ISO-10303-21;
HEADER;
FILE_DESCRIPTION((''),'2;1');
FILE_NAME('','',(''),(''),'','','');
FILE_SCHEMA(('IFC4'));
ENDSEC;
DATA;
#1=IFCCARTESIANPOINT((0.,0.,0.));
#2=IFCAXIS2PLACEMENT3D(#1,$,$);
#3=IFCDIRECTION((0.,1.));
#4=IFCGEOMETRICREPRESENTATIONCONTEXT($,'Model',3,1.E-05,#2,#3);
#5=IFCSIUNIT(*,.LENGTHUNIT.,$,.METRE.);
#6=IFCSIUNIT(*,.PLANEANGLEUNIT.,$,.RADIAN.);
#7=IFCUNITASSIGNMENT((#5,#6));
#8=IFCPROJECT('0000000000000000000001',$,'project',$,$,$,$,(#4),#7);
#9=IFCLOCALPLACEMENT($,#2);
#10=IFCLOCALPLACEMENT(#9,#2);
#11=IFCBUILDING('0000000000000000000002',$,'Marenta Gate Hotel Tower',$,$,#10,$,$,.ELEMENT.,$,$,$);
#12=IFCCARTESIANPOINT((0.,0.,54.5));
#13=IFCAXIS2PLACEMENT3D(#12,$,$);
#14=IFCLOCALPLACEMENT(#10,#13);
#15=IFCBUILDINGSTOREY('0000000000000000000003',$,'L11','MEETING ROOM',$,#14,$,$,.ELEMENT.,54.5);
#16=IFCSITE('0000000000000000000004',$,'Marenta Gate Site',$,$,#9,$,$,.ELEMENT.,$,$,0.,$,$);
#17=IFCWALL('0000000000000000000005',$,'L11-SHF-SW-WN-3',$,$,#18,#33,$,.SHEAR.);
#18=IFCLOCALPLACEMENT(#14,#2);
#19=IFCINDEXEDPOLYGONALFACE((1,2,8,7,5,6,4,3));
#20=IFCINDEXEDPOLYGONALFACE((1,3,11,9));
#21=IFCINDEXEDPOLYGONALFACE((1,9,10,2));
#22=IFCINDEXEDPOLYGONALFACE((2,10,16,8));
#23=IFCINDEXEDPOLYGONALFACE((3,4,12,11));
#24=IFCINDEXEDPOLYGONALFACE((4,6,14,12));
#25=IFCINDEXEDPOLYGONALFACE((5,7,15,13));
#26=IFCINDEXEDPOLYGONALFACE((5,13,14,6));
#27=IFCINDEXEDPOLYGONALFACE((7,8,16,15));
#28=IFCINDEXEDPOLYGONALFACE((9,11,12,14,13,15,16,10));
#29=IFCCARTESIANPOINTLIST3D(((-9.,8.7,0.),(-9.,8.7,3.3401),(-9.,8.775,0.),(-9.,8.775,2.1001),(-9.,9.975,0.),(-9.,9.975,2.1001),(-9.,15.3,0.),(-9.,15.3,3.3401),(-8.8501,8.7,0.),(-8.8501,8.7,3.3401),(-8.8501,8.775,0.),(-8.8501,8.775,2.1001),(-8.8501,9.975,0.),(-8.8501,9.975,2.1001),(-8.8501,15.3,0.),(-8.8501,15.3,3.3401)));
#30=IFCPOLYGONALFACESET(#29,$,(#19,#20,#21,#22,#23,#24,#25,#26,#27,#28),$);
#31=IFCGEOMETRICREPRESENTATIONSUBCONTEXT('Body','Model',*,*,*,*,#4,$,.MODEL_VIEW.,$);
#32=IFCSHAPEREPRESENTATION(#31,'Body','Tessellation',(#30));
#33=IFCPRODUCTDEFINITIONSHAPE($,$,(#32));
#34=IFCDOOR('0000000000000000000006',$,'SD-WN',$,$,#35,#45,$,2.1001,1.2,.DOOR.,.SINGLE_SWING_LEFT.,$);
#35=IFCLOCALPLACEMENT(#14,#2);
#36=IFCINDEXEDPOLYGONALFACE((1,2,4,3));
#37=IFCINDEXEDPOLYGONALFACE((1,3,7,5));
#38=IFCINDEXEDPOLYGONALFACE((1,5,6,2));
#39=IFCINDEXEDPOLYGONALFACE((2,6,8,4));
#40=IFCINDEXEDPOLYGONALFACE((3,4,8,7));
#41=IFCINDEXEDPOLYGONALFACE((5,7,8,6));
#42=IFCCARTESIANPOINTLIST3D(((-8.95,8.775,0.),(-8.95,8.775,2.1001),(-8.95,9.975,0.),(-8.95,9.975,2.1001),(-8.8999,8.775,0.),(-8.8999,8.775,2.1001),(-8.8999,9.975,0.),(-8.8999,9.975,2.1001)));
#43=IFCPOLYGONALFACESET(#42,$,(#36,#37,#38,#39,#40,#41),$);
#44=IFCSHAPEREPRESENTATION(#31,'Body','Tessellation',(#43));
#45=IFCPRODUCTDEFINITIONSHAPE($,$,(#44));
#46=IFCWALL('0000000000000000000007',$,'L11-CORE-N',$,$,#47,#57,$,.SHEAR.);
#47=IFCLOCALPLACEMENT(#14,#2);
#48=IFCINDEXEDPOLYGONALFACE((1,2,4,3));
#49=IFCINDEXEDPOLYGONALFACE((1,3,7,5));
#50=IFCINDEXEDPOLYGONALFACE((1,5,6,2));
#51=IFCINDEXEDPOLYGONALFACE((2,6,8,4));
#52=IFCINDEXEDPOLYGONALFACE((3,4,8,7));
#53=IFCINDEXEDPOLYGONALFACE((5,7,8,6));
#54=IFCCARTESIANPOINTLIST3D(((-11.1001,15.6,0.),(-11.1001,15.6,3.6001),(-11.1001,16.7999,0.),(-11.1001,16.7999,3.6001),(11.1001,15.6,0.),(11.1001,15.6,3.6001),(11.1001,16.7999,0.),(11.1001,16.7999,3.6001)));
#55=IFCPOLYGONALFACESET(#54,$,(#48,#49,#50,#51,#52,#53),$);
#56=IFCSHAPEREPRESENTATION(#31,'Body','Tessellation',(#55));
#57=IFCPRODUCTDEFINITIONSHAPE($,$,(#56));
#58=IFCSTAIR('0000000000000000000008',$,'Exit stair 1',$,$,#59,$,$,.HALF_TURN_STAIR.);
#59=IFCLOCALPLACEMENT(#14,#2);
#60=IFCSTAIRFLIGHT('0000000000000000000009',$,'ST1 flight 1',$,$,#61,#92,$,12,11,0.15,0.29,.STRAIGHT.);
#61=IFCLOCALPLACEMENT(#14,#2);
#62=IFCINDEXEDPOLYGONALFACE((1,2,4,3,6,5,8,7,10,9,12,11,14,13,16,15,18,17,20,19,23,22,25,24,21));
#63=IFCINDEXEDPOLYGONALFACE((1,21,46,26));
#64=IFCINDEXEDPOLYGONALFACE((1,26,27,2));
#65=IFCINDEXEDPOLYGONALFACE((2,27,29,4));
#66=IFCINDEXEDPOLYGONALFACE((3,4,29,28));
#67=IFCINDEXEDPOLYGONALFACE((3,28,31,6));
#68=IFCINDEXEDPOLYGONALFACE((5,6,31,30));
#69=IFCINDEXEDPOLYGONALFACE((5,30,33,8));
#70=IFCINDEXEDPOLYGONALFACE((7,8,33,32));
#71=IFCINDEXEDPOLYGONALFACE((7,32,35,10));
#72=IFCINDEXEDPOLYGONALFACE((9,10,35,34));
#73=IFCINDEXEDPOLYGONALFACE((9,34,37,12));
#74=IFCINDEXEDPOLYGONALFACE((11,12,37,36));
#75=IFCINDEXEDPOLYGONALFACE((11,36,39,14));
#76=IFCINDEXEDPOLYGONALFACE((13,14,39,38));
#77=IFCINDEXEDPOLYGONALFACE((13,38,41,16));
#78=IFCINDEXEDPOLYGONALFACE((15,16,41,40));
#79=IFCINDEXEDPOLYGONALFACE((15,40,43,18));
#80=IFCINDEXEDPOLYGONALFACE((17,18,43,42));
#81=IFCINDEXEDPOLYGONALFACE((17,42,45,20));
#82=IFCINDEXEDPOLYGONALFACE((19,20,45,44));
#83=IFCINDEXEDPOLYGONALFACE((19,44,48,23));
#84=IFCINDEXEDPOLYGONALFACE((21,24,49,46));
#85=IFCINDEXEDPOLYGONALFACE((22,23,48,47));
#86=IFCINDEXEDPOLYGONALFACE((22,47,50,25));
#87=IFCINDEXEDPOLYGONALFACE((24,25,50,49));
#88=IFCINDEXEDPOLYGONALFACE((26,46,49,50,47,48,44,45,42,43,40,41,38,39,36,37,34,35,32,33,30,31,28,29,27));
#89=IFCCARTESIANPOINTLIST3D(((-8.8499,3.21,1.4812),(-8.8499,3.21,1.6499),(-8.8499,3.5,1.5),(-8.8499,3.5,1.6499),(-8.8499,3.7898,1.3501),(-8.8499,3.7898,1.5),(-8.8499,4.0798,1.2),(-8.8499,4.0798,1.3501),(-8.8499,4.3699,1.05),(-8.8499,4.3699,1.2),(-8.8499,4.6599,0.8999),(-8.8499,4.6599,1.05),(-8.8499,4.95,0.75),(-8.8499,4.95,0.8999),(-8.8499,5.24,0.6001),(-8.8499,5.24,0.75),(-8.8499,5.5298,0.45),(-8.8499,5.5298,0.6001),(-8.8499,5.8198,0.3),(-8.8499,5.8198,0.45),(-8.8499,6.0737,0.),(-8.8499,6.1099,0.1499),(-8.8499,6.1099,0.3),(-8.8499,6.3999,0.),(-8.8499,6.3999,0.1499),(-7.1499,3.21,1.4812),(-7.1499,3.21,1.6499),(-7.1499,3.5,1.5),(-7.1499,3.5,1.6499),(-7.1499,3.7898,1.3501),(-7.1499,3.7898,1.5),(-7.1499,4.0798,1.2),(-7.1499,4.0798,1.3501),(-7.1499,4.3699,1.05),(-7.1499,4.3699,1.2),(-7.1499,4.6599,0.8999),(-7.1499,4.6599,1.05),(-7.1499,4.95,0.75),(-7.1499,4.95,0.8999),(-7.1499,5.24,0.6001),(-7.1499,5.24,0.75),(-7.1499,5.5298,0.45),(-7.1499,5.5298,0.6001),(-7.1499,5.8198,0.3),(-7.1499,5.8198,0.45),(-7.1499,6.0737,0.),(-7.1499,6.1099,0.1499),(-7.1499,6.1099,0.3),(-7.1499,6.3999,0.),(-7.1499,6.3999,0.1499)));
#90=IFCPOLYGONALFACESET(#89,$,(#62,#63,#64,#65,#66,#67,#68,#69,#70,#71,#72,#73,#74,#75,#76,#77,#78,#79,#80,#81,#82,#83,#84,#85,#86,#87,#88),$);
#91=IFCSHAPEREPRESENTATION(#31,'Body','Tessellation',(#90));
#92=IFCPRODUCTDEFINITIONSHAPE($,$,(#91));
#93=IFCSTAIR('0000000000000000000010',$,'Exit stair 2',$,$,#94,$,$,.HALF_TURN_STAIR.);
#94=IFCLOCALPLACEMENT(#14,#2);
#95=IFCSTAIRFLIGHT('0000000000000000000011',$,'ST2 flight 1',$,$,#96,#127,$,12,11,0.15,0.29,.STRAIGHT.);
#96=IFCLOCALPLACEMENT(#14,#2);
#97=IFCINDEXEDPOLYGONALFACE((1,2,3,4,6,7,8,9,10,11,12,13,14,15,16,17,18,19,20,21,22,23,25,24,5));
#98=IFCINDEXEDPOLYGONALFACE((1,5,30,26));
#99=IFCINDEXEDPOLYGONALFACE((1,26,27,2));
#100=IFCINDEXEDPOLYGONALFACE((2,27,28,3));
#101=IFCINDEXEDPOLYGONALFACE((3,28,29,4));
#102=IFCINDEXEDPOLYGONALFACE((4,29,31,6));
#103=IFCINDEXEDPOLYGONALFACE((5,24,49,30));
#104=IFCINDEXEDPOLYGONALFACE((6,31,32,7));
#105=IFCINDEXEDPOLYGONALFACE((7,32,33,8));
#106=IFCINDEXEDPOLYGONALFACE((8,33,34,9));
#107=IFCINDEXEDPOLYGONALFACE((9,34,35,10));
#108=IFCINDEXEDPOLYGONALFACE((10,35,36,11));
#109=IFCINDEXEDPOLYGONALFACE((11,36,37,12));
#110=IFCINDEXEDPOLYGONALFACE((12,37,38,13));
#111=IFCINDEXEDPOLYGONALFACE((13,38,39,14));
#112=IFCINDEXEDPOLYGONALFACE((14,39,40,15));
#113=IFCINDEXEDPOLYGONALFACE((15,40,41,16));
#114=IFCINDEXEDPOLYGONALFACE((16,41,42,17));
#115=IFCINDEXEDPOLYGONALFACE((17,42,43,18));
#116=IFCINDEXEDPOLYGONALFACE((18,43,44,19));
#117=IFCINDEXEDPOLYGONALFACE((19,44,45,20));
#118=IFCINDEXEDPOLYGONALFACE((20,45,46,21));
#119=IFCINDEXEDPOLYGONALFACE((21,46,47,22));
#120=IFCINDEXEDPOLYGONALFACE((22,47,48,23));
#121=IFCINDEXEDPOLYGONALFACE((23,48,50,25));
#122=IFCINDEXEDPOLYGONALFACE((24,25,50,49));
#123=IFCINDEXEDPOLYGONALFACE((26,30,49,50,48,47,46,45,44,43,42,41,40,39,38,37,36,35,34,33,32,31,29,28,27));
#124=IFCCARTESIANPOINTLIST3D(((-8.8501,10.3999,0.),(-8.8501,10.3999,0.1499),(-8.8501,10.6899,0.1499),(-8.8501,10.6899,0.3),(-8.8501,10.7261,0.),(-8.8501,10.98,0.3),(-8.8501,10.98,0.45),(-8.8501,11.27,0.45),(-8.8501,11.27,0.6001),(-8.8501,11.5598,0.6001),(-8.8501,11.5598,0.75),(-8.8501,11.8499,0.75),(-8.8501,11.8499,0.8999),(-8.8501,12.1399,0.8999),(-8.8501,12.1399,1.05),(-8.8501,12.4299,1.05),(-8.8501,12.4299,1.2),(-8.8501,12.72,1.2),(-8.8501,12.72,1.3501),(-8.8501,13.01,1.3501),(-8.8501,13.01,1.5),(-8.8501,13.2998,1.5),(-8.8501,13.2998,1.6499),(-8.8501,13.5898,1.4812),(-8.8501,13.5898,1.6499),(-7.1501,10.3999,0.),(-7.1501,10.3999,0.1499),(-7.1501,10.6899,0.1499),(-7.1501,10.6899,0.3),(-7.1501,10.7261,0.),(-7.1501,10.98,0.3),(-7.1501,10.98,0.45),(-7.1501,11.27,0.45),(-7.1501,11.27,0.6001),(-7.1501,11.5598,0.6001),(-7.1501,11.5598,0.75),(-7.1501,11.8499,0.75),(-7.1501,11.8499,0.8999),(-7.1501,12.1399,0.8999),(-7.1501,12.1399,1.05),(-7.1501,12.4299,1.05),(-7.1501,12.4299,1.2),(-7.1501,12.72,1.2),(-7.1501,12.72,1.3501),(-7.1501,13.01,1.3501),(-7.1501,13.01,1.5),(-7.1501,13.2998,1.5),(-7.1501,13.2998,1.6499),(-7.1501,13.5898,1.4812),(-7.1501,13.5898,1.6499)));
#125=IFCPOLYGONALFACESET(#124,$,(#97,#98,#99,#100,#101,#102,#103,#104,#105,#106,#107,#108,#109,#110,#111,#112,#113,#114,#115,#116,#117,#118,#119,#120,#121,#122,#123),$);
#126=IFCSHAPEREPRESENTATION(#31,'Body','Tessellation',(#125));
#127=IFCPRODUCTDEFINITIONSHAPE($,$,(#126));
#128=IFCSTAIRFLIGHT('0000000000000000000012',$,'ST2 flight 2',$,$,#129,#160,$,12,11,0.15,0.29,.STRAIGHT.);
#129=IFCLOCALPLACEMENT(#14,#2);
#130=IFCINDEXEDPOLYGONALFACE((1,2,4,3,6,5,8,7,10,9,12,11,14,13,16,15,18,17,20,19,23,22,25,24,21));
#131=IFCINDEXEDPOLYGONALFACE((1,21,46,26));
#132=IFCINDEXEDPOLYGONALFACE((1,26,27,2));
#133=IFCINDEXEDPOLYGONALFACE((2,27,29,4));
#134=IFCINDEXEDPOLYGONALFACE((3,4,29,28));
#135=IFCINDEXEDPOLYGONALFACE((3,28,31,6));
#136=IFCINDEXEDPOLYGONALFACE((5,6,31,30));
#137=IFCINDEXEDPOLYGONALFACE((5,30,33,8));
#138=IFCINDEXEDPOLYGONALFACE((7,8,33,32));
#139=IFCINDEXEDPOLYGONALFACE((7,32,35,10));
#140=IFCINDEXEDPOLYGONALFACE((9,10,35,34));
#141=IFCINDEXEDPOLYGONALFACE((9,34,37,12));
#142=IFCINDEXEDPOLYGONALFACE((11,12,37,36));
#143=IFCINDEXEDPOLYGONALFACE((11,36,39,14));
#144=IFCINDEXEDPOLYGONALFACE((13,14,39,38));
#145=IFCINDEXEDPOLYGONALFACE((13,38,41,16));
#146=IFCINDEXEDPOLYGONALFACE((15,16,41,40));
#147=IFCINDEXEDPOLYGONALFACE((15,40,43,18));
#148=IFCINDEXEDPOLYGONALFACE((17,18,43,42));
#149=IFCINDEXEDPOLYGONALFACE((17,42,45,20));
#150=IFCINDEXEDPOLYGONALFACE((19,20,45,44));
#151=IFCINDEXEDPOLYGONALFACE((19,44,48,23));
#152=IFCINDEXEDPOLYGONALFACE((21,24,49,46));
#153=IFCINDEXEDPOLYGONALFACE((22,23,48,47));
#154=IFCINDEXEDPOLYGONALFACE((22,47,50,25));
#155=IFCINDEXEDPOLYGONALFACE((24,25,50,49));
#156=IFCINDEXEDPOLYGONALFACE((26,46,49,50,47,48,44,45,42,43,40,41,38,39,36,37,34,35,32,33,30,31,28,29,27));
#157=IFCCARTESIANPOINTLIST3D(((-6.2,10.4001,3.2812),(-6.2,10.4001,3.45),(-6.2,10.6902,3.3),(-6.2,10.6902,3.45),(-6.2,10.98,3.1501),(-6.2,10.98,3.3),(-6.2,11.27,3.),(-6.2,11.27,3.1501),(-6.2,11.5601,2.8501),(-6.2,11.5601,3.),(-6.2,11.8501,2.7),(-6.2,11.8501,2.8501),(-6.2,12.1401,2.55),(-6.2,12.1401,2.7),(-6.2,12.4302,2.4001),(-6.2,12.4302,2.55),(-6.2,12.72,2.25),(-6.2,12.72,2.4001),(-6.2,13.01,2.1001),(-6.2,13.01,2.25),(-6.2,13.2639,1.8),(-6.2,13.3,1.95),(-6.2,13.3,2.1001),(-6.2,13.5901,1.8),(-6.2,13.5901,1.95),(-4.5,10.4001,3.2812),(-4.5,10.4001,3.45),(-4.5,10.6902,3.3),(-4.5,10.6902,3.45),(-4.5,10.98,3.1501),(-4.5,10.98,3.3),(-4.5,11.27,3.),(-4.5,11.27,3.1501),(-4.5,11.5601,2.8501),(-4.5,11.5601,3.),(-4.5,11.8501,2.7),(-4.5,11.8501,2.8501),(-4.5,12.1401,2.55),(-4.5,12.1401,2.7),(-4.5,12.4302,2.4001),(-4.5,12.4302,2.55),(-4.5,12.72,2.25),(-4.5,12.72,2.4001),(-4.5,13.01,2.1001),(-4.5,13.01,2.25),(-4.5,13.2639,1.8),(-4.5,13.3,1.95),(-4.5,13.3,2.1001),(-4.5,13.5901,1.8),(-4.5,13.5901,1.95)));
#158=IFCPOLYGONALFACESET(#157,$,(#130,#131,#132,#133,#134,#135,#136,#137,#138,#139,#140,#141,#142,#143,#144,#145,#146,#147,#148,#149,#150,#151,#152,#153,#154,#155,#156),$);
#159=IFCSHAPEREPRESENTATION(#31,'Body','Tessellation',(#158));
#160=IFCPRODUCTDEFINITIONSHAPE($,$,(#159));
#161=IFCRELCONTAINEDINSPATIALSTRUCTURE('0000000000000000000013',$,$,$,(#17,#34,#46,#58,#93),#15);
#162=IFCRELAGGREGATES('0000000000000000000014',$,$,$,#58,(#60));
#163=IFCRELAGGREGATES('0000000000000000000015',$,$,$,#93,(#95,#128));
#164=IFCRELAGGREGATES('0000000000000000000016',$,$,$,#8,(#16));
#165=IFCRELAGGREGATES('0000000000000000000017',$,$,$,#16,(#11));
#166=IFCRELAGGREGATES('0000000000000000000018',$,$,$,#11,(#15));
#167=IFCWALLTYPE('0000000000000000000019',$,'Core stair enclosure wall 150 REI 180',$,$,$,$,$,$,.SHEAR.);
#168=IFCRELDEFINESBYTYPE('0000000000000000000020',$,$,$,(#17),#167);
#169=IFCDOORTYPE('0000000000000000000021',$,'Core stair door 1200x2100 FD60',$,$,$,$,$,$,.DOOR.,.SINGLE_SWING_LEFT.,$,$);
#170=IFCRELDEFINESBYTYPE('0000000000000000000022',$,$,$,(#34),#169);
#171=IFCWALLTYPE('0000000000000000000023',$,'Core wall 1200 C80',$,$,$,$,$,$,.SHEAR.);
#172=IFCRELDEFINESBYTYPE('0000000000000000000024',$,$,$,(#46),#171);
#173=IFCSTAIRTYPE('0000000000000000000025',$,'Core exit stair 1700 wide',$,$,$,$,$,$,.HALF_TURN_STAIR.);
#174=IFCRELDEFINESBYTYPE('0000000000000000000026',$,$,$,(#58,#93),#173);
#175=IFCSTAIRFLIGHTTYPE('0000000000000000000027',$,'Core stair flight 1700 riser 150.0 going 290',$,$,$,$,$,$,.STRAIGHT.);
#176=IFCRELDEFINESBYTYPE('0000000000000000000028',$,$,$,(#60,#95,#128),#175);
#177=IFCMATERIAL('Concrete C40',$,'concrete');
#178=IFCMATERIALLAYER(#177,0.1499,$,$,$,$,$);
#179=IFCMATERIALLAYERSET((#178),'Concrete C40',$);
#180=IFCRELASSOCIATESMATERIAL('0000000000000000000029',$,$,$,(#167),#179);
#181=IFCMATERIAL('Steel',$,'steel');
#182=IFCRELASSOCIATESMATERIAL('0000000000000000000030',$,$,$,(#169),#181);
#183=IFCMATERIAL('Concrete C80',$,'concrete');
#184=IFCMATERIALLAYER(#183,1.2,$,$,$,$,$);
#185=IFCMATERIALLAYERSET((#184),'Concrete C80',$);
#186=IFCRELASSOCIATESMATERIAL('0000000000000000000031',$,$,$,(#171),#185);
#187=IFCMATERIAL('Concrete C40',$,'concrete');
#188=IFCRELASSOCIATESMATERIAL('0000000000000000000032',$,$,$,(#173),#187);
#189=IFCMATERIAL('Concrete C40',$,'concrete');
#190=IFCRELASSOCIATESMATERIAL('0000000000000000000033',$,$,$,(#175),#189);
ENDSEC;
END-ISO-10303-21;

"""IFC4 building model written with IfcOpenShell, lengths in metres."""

from ifc_helpers import new_model, si_unit, direction, frame, frame_2d, origin, place, context, subcontext, project, spatial, polyline, rectangle, outline, extrude, material, layer, layer_set, type_object, element, fill, aggregate, save


model = new_model("IFC4")

# Units and contexts
model_context = context("Model", 3, precision=1e-05, world=origin(), true_north=direction((0.0, 1.0)))
body_context = subcontext(model_context, "Body", "Model", "MODEL_VIEW")
ifc_project = project(units=[si_unit("LENGTHUNIT", "METRE"), si_unit("PLANEANGLEUNIT", "RADIAN")], contexts=[model_context])

# Site, building, storey
site_placement = place(None, origin())
site = spatial("IfcSite", under=ifc_project, at=site_placement, Name="Marenta Gate Site", CompositionType="ELEMENT", RefElevation=0.0)
building_placement = place(site_placement, origin())
building = spatial("IfcBuilding", under=site, at=building_placement, Name="Marenta Gate Hotel Tower", CompositionType="ELEMENT")
storey_placement = place(building_placement, frame((0.0, 0.0, 54.5)))
storey = spatial("IfcBuildingStorey", under=building, at=storey_placement, Name="L11", Description="MEETING ROOM", CompositionType="ELEMENT", Elevation=54.5)

# Wall, opening, door
ifc_material_1 = material(Name="Concrete C40", Category="concrete")
ifc_layer_1 = layer(ifc_material_1, 0.1499)
ifc_layer_set_1 = layer_set([ifc_layer_1], Name="Concrete C40")
wall_type_1 = type_object("IfcWallType", Name="Core stair enclosure wall 150 REI 180", PredefinedType="SHEAR", material=ifc_layer_set_1)
wall_1_placement = place(storey_placement, frame((-8.925, 8.7, 0.0), z_axis=(0.0, 0.0, 1.0), x_axis=(0.0, 1.0, 0.0)))
wall_1 = element("IfcWall", 1, at=wall_1_placement, inside=storey, type_object=wall_type_1, Name="L11-SHF-SW-WN-3", PredefinedType="SHEAR", context=body_context, shape_type="SweptSolid", body=[
    extrude(rectangle(XDim=6.6001, YDim=0.1499, at=frame_2d((3.3, 0.0))), origin(), (0.0, 0.0, 1.0), 3.3401),
])
opening_1_placement = place(wall_1_placement, frame((0.075, 0.0, 0.0)))
opening_1 = element("IfcOpeningElement", 2, at=opening_1_placement, cuts=wall_1, PredefinedType="OPENING", context=body_context, shape_type="SweptSolid", body=[
    extrude(rectangle(XDim=1.2, YDim=2.1001, at=frame_2d((0.6001, 1.05))), frame((0.0, 0.075, 0.0), z_axis=(0.0, -1.0, 0.0), x_axis=(1.0, 0.0, 0.0)), (0.0, 0.0, 1.0), 0.1499),
])
ifc_material_2 = material(Name="Steel", Category="steel")
door_type_1 = type_object("IfcDoorType", Name="Core stair door 1200x2100 FD60", OperationType="SINGLE_SWING_LEFT", PredefinedType="DOOR", material=ifc_material_2)
door_1_placement = place(opening_1_placement, origin())
door_1 = element("IfcDoor", 3, at=door_1_placement, inside=storey, type_object=door_type_1, Name="SD-WN", OperationType="SINGLE_SWING_LEFT", OverallHeight=2.1001, OverallWidth=1.2, PredefinedType="DOOR", context=body_context, shape_type="SweptSolid", body=[
    extrude(rectangle(XDim=1.2, YDim=2.1001, at=frame_2d((0.6001, 1.05))), frame((0.0, 0.0249, 0.0), z_axis=(0.0, -1.0, 0.0), x_axis=(1.0, 0.0, 0.0)), (0.0, 0.0, 1.0), 0.05),
])
fill(opening_1, door_1)

# Wall
ifc_material_3 = material(Name="Concrete C80", Category="concrete")
ifc_layer_2 = layer(ifc_material_3, 1.2)
ifc_layer_set_2 = layer_set([ifc_layer_2], Name="Concrete C80")
wall_type_2 = type_object("IfcWallType", Name="Core wall 1200 C80", PredefinedType="SHEAR", material=ifc_layer_set_2)
wall_2_placement = place(storey_placement, frame((-11.1001, 16.2, 0.0), z_axis=(0.0, 0.0, 1.0), x_axis=(1.0, 0.0, 0.0)))
element("IfcWall", 4, at=wall_2_placement, inside=storey, type_object=wall_type_2, Name="L11-CORE-N", PredefinedType="SHEAR", context=body_context, shape_type="SweptSolid", body=[
    extrude(rectangle(XDim=22.2002, YDim=1.2, at=frame_2d((11.1001, 0.0))), origin(), (0.0, 0.0, 1.0), 3.6001),
])

# Stair, stair flight
ifc_material_4 = material(Name="Concrete C40", Category="concrete")
stair_type = type_object("IfcStairType", Name="Core exit stair 1700 wide", PredefinedType="HALF_TURN_STAIR", material=ifc_material_4)
stair_1_placement = place(storey_placement, origin())
stair_1 = element("IfcStair", 5, at=stair_1_placement, inside=storey, type_object=stair_type, Name="Exit stair 1", PredefinedType="HALF_TURN_STAIR")
ifc_material_5 = material(Name="Concrete C40", Category="concrete")
stair_flight_type = type_object("IfcStairFlightType", Name="Core stair flight 1700 riser 150.0 going 290", PredefinedType="STRAIGHT", material=ifc_material_5)
stair_flight_1_placement = place(storey_placement, frame((-8.0, 6.3999, 0.0), z_axis=(0.0, 0.0, 1.0), x_axis=(0.0, -1.0, 0.0)))
stair_flight_1 = element("IfcStairFlight", 6, at=stair_flight_1_placement, type_object=stair_flight_type, Name="ST1 flight 1", NumberOfRisers=12, NumberOfTreads=11, PredefinedType="STRAIGHT", RiserHeight=0.15, TreadLength=0.29, context=body_context, shape_type="SweptSolid", body=[
    extrude(outline(polyline([(0.0, 0.0), (0.0, 0.1499), (0.29, 0.1499), (0.29, 0.3), (0.5801, 0.3), (0.5801, 0.45), (0.8701, 0.45), (0.8701, 0.6001), (1.1599, 0.6001), (1.1599, 0.75), (1.45, 0.75), (1.45, 0.8999), (1.74, 0.8999), (1.74, 1.05), (2.03, 1.05), (2.03, 1.2), (2.3201, 1.2), (2.3201, 1.3501), (2.6101, 1.3501), (2.6101, 1.5), (2.8999, 1.5), (2.8999, 1.6499), (3.1899, 1.6499), (3.1899, 1.8), (3.1899, 1.4812), (0.3262, 0.0), (0.0, 0.0)])), frame((0.0, 0.8501, 0.0), z_axis=(0.0, -1.0, 0.0), x_axis=(1.0, 0.0, 0.0)), (0.0, 0.0, 1.0), 1.7),
])
aggregate(stair_1, [stair_flight_1])

# Stair, stair flights
stair_2_placement = place(storey_placement, origin())
stair_2 = element("IfcStair", 7, at=stair_2_placement, inside=storey, type_object=stair_type, Name="Exit stair 2", PredefinedType="HALF_TURN_STAIR")
stair_flight_2_placement = place(storey_placement, frame((-8.0, 10.3999, 0.0), z_axis=(0.0, 0.0, 1.0), x_axis=(0.0, 1.0, 0.0)))
stair_flight_2 = element("IfcStairFlight", 8, at=stair_flight_2_placement, type_object=stair_flight_type, Name="ST2 flight 1", NumberOfRisers=12, NumberOfTreads=11, PredefinedType="STRAIGHT", RiserHeight=0.15, TreadLength=0.29, context=body_context, shape_type="SweptSolid", body=[
    extrude(outline(polyline([(0.0, 0.0), (0.0, 0.1499), (0.29, 0.1499), (0.29, 0.3), (0.5801, 0.3), (0.5801, 0.45), (0.8701, 0.45), (0.8701, 0.6001), (1.1599, 0.6001), (1.1599, 0.75), (1.45, 0.75), (1.45, 0.8999), (1.74, 0.8999), (1.74, 1.05), (2.03, 1.05), (2.03, 1.2), (2.3201, 1.2), (2.3201, 1.3501), (2.6101, 1.3501), (2.6101, 1.5), (2.8999, 1.5), (2.8999, 1.6499), (3.1899, 1.6499), (3.1899, 1.8), (3.1899, 1.4812), (0.3262, 0.0), (0.0, 0.0)])), frame((0.0, 0.8501, 0.0), z_axis=(0.0, -1.0, 0.0), x_axis=(1.0, 0.0, 0.0)), (0.0, 0.0, 1.0), 1.7),
])
stair_flight_3_placement = place(storey_placement, frame((-5.3501, 13.5901, 1.8), z_axis=(0.0, 0.0, 1.0), x_axis=(0.0, -1.0, 0.0)))
stair_flight_3 = element("IfcStairFlight", 9, at=stair_flight_3_placement, type_object=stair_flight_type, Name="ST2 flight 2", NumberOfRisers=12, NumberOfTreads=11, PredefinedType="STRAIGHT", RiserHeight=0.15, TreadLength=0.29, context=body_context, shape_type="SweptSolid", body=[
    extrude(outline(polyline([(0.0, 0.0), (0.0, 0.1499), (0.29, 0.1499), (0.29, 0.3), (0.5801, 0.3), (0.5801, 0.45), (0.8701, 0.45), (0.8701, 0.6001), (1.1599, 0.6001), (1.1599, 0.75), (1.45, 0.75), (1.45, 0.8999), (1.74, 0.8999), (1.74, 1.05), (2.03, 1.05), (2.03, 1.2), (2.3201, 1.2), (2.3201, 1.3501), (2.6101, 1.3501), (2.6101, 1.5), (2.8999, 1.5), (2.8999, 1.6499), (3.1899, 1.6499), (3.1899, 1.8), (3.1899, 1.4812), (0.3262, 0.0), (0.0, 0.0)])), frame((0.0, 0.8501, 0.0), z_axis=(0.0, -1.0, 0.0), x_axis=(1.0, 0.0, 0.0)), (0.0, 0.0, 1.0), 1.7),
])
aggregate(stair_2, [stair_flight_2, stair_flight_3])

save(model, "model.ifc")
